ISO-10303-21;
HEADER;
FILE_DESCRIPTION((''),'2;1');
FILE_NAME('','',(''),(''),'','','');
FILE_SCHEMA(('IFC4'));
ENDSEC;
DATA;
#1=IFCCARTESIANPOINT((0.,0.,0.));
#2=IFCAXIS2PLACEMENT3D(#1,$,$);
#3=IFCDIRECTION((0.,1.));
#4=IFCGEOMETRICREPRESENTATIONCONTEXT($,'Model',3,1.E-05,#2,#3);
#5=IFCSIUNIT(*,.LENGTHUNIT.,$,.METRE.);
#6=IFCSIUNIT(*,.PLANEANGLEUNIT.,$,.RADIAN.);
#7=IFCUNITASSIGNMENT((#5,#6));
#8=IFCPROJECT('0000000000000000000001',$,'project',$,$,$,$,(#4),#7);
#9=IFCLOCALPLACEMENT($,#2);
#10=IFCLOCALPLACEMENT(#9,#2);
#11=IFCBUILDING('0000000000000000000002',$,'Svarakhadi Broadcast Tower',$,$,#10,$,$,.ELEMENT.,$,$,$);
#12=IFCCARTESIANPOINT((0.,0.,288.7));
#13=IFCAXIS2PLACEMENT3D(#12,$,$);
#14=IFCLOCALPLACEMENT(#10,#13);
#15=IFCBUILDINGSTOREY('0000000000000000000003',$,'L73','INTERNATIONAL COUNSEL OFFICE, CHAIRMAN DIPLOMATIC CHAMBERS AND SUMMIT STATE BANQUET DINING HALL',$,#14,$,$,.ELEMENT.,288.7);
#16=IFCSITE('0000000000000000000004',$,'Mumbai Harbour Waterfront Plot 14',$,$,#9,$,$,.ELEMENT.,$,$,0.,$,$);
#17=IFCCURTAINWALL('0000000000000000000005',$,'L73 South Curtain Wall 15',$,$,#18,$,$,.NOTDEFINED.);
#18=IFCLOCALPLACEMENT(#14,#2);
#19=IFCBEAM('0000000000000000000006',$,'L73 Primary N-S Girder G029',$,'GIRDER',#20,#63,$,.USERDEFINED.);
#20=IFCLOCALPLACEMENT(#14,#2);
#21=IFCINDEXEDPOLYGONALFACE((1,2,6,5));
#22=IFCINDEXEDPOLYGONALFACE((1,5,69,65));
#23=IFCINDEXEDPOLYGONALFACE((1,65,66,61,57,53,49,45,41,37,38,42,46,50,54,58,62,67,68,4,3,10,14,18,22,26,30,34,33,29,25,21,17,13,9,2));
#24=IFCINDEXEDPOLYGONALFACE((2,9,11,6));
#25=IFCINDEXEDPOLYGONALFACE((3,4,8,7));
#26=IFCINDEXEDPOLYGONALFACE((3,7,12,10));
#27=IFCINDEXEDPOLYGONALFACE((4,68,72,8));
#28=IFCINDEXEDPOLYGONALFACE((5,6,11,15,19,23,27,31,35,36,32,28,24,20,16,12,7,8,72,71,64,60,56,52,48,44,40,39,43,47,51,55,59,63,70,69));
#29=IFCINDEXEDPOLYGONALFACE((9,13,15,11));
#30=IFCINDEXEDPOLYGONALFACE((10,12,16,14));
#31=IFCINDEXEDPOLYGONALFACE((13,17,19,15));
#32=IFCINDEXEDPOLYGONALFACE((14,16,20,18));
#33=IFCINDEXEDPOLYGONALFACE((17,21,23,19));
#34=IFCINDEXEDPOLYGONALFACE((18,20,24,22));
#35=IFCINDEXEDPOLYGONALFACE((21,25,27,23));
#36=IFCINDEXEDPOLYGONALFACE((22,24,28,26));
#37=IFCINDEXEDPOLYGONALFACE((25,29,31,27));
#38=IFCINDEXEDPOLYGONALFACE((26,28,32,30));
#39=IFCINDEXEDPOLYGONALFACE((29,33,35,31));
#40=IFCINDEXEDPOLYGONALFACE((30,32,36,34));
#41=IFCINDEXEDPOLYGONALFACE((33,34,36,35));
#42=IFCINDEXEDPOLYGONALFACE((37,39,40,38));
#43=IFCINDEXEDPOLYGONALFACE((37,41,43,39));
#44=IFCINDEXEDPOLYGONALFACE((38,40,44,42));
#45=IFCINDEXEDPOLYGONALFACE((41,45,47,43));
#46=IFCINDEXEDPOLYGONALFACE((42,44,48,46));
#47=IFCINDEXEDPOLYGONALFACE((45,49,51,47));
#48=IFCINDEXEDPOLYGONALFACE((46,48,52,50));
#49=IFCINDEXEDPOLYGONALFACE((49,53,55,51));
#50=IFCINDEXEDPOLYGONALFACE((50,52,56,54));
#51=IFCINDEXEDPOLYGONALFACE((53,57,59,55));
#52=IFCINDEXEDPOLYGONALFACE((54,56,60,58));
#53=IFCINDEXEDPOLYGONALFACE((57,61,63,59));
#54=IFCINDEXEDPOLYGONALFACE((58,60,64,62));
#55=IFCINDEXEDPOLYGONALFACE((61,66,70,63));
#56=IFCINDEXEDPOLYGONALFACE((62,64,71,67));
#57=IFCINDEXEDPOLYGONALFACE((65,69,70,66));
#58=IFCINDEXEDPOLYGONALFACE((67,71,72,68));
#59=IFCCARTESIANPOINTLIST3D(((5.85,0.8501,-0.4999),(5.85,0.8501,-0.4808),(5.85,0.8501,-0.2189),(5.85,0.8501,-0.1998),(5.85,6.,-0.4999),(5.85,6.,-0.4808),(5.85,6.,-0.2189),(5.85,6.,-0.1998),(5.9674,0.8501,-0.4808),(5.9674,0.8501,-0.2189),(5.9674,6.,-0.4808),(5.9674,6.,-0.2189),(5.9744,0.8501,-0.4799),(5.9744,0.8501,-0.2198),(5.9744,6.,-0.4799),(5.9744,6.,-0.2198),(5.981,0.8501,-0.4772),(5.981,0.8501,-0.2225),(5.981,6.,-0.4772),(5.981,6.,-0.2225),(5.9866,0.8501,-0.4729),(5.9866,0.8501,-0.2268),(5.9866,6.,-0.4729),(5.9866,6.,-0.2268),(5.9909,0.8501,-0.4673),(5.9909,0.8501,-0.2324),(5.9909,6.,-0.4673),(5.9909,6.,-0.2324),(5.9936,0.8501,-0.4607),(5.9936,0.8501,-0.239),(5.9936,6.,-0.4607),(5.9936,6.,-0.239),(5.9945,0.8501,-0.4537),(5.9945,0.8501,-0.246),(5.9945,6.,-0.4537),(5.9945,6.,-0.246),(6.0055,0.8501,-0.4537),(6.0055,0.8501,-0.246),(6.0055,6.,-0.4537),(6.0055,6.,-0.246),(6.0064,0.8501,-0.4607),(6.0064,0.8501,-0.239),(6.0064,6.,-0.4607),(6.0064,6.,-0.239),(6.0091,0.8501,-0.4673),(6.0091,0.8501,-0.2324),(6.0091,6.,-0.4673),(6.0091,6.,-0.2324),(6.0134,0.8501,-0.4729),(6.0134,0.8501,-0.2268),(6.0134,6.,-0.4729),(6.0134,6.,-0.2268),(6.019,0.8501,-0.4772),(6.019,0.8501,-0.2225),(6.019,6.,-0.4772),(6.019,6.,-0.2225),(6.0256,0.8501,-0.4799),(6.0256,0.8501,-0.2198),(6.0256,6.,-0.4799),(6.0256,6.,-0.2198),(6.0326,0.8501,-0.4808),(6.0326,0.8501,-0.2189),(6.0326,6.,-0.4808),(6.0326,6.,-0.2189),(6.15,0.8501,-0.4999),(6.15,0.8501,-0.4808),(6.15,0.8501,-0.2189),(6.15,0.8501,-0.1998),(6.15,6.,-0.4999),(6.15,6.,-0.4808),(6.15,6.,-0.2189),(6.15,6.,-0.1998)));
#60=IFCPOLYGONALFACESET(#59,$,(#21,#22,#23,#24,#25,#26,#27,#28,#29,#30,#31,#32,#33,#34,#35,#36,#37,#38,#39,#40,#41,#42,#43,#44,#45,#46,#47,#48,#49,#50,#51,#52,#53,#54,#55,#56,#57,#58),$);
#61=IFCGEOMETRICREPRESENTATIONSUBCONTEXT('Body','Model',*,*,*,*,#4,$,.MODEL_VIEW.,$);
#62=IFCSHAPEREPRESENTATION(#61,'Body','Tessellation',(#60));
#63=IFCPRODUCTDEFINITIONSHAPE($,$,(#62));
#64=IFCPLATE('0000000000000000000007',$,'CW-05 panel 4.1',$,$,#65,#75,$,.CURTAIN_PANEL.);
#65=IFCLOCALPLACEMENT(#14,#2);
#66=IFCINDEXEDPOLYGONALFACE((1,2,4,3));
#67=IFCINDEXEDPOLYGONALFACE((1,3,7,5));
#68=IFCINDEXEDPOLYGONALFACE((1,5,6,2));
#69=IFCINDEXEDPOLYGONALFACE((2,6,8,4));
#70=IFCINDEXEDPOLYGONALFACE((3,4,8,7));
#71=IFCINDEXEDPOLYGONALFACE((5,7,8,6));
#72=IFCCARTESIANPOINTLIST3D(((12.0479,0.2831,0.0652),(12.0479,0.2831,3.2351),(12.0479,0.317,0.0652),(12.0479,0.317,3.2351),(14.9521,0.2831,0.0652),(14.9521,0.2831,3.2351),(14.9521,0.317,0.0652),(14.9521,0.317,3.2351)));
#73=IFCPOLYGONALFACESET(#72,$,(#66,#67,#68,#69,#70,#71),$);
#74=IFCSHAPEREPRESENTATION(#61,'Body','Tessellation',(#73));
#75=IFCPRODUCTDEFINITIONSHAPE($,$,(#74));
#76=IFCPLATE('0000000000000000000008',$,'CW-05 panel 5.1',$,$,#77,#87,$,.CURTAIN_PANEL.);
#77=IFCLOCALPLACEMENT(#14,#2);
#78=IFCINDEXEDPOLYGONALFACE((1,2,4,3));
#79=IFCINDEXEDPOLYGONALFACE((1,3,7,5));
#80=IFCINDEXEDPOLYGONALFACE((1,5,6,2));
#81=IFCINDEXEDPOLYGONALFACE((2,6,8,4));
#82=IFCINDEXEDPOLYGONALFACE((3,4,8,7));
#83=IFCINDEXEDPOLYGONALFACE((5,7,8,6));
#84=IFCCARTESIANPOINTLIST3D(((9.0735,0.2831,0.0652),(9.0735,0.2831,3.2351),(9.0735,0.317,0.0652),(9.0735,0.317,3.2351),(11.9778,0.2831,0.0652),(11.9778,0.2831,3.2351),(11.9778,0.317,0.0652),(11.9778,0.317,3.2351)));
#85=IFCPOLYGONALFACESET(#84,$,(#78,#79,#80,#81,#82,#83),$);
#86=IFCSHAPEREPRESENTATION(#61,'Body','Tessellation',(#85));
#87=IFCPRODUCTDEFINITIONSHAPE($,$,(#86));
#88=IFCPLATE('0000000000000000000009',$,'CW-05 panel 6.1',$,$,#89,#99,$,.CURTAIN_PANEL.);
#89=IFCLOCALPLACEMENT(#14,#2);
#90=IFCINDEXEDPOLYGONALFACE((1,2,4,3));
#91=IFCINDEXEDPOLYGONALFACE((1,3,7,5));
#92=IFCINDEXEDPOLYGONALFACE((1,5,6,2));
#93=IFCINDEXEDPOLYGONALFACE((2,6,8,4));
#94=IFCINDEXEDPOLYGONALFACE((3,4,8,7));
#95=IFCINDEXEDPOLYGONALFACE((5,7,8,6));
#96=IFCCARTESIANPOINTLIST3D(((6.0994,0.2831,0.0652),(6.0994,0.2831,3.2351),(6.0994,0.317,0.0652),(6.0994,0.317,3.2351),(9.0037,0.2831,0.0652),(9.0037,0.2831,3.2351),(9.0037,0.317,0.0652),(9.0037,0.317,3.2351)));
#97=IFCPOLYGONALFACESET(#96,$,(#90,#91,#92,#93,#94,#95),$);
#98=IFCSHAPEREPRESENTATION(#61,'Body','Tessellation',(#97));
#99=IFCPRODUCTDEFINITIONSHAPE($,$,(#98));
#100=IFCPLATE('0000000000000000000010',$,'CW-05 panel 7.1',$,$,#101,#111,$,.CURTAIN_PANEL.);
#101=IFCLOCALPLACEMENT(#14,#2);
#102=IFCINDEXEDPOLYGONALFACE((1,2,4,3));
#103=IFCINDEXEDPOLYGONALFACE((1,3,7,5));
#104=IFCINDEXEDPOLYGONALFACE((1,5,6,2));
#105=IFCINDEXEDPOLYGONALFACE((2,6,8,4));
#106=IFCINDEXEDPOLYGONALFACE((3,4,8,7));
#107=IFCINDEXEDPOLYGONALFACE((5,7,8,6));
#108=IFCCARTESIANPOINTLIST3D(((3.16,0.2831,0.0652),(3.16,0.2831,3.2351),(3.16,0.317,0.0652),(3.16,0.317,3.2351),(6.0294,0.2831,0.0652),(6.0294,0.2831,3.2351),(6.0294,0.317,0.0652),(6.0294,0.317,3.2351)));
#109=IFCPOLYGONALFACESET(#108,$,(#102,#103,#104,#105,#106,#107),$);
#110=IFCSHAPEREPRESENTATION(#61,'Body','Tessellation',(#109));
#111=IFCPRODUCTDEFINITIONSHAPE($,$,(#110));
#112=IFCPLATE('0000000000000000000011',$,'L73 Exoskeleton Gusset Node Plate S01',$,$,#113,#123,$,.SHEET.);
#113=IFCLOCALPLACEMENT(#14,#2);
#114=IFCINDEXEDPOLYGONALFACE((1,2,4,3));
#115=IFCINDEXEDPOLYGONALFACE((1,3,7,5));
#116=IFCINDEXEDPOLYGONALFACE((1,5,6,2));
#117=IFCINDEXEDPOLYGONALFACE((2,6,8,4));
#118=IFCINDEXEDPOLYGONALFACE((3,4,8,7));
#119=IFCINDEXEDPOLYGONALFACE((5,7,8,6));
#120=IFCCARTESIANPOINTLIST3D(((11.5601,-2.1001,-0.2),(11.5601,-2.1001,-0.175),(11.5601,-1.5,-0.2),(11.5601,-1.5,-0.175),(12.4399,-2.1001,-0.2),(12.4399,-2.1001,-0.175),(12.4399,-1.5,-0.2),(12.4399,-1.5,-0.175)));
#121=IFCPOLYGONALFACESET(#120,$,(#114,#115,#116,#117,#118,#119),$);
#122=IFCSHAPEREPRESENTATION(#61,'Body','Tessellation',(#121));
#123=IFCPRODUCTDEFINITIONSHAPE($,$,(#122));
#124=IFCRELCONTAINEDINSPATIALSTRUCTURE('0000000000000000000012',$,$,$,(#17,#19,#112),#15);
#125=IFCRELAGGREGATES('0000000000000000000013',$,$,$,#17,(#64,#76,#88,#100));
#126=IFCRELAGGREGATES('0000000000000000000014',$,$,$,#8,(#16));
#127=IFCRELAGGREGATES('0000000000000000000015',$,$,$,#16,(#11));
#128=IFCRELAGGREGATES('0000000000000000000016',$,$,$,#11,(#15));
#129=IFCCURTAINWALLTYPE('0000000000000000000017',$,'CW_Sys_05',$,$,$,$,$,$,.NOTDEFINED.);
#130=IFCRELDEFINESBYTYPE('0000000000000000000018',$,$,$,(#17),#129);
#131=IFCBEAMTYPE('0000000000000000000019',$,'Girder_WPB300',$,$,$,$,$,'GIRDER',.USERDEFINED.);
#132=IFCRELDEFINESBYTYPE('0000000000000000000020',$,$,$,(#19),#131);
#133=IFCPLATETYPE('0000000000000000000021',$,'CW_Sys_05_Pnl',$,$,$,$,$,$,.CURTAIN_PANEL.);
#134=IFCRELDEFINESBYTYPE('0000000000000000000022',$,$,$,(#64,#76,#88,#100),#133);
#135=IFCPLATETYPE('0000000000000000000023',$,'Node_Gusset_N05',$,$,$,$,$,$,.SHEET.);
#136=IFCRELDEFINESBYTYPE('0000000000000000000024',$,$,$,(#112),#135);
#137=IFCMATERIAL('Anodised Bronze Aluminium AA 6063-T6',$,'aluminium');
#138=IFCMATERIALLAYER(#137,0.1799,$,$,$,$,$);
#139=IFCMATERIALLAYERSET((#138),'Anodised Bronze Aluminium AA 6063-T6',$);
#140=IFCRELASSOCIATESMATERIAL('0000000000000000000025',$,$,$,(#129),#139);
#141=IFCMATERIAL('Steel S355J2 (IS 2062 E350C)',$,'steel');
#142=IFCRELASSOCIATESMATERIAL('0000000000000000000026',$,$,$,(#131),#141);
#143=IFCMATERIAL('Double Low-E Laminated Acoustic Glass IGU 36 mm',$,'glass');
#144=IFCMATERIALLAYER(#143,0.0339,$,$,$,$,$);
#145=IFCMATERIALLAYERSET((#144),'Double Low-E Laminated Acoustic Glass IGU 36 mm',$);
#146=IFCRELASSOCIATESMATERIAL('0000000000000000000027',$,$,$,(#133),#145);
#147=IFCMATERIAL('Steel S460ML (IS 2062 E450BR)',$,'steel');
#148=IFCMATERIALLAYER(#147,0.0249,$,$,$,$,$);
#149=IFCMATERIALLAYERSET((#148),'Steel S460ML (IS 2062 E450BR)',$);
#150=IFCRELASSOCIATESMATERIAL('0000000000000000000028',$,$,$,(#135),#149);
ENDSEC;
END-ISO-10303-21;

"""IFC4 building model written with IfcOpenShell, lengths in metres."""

from ifc_helpers import new_model, si_unit, direction, frame, origin, origin_2d, place, context, subcontext, project, spatial, rectangle, i_section, extrude, material, layer, layer_set, material_profile, profile_set, type_object, element, aggregate, save


model = new_model("IFC4")

# Units and contexts
model_context = context("Model", 3, precision=1e-05, world=origin(), true_north=direction((0.0, 1.0)))
body_context = subcontext(model_context, "Body", "Model", "MODEL_VIEW")
ifc_project = project(units=[si_unit("LENGTHUNIT", "METRE"), si_unit("PLANEANGLEUNIT", "RADIAN")], contexts=[model_context])

# Site, building, storey
site_placement = place(None, origin())
site = spatial("IfcSite", under=ifc_project, at=site_placement, Name="Mumbai Harbour Waterfront Plot 14", CompositionType="ELEMENT", RefElevation=0.0)
building_placement = place(site_placement, origin())
building = spatial("IfcBuilding", under=site, at=building_placement, Name="Svarakhadi Broadcast Tower", CompositionType="ELEMENT")
storey_placement = place(building_placement, frame((0.0, 0.0, 288.7)))
storey = spatial("IfcBuildingStorey", under=building, at=storey_placement, Name="L73", Description="INTERNATIONAL COUNSEL OFFICE, CHAIRMAN DIPLOMATIC CHAMBERS AND SUMMIT STATE BANQUET DINING HALL", CompositionType="ELEMENT", Elevation=288.7)

# Shared definitions
ifc_material_1 = material(Name="Steel S460ML (IS 2062 E450BR)", Category="steel")

# Curtain wall
ifc_material_2 = material(Name="Anodised Bronze Aluminium AA 6063-T6", Category="aluminium")
ifc_layer_1 = layer(ifc_material_2, 0.1799)
ifc_layer_set_1 = layer_set([ifc_layer_1], Name="Anodised Bronze Aluminium AA 6063-T6")
curtain_wall_type = type_object("IfcCurtainWallType", Name="CW_Sys_05", PredefinedType="NOTDEFINED", material=ifc_layer_set_1)
curtain_wall_placement = place(storey_placement, origin())
curtain_wall = element("IfcCurtainWall", 1, at=curtain_wall_placement, inside=storey, type_object=curtain_wall_type, Name="L73 South Curtain Wall 15", PredefinedType="NOTDEFINED")

# Beam
ifc_material_3 = material(Name="Steel S355J2 (IS 2062 E350C)", Category="steel")
ifc_material_profile_1 = material_profile(ifc_material_3, i_section(OverallWidth=0.3, OverallDepth=0.3, WebThickness=0.011, FlangeThickness=0.019, FilletRadius=0.0271, at=origin_2d()), Name="WPB 300x300x117")
ifc_profile_set_1 = profile_set([ifc_material_profile_1], Name="Steel S355J2 (IS 2062 E350C)")
beam_type = type_object("IfcBeamType", Name="Girder_WPB300", ElementType="GIRDER", PredefinedType="USERDEFINED", material=ifc_profile_set_1)
beam_1_placement = place(storey_placement, frame((6.0, 0.8501, -0.3499), z_axis=(0.0, 1.0, 0.0), x_axis=(-1.0, 0.0, 0.0)))
element("IfcBeam", 2, at=beam_1_placement, inside=storey, type_object=beam_type, Name="L73 Primary N-S Girder G029", ObjectType="GIRDER", PredefinedType="USERDEFINED", context=body_context, shape_type="SweptSolid", body=[
    extrude(i_section(OverallWidth=0.3, OverallDepth=0.3, WebThickness=0.011, FlangeThickness=0.019, FilletRadius=0.0271, at=origin_2d()), origin(), (0.0, 0.0, 1.0), 5.1499),
])

# Plates
ifc_material_4 = material(Name="Double Low-E Laminated Acoustic Glass IGU 36 mm", Category="glass")
ifc_layer_2 = layer(ifc_material_4, 0.0339)
ifc_layer_set_2 = layer_set([ifc_layer_2], Name="Double Low-E Laminated Acoustic Glass IGU 36 mm")
plate_type_1 = type_object("IfcPlateType", Name="CW_Sys_05_Pnl", PredefinedType="CURTAIN_PANEL", material=ifc_layer_set_2)
plate_1_placement = place(storey_placement, frame((13.5, 0.3, 0.0652), z_axis=(0.0, 0.0, 1.0), x_axis=(-1.0, 0.0, 0.0)))
plate_1 = element("IfcPlate", 3, at=plate_1_placement, type_object=plate_type_1, Name="CW-05 panel 4.1", PredefinedType="CURTAIN_PANEL", context=body_context, shape_type="SweptSolid", body=[
    extrude(rectangle(XDim=2.9043, YDim=0.0339, at=origin_2d()), origin(), (0.0, 0.0, 1.0), 3.1699),
])
plate_2_placement = place(storey_placement, frame((10.5256, 0.3, 0.0652), z_axis=(0.0, 0.0, 1.0), x_axis=(-1.0, 0.0, 0.0)))
plate_2 = element("IfcPlate", 4, at=plate_2_placement, type_object=plate_type_1, Name="CW-05 panel 5.1", PredefinedType="CURTAIN_PANEL", context=body_context, shape_type="SweptSolid", body=[
    extrude(rectangle(XDim=2.9043, YDim=0.0339, at=origin_2d()), origin(), (0.0, 0.0, 1.0), 3.1699),
])
plate_3_placement = place(storey_placement, frame((7.5515, 0.3, 0.0652), z_axis=(0.0, 0.0, 1.0), x_axis=(-1.0, 0.0, 0.0)))
plate_3 = element("IfcPlate", 5, at=plate_3_placement, type_object=plate_type_1, Name="CW-05 panel 6.1", PredefinedType="CURTAIN_PANEL", context=body_context, shape_type="SweptSolid", body=[
    extrude(rectangle(XDim=2.9043, YDim=0.0339, at=origin_2d()), origin(), (0.0, 0.0, 1.0), 3.1699),
])
plate_4_placement = place(storey_placement, frame((4.5947, 0.3, 0.0652), z_axis=(0.0, 0.0, 1.0), x_axis=(-1.0, 0.0, 0.0)))
plate_4 = element("IfcPlate", 6, at=plate_4_placement, type_object=plate_type_1, Name="CW-05 panel 7.1", PredefinedType="CURTAIN_PANEL", context=body_context, shape_type="SweptSolid", body=[
    extrude(rectangle(XDim=2.8694, YDim=0.0339, at=origin_2d()), origin(), (0.0, 0.0, 1.0), 3.1699),
])
aggregate(curtain_wall, [plate_1, plate_2, plate_3, plate_4])
ifc_layer_3 = layer(ifc_material_1, 0.0249)
ifc_layer_set_3 = layer_set([ifc_layer_3], Name="Steel S460ML (IS 2062 E450BR)")
plate_type_2 = type_object("IfcPlateType", Name="Node_Gusset_N05", PredefinedType="SHEET", material=ifc_layer_set_3)
plate_5_placement = place(storey_placement, frame((12.0, -1.8, -0.2), z_axis=(0.0, 0.0, 1.0), x_axis=(1.0, 0.0, 0.0)))
element("IfcPlate", 7, at=plate_5_placement, inside=storey, type_object=plate_type_2, Name="L73 Exoskeleton Gusset Node Plate S01", PredefinedType="SHEET", context=body_context, shape_type="SweptSolid", body=[
    extrude(rectangle(XDim=0.8799, YDim=0.6001, at=origin_2d()), origin(), (0.0, 0.0, 1.0), 0.0249),
])

save(model, "model.ifc")
